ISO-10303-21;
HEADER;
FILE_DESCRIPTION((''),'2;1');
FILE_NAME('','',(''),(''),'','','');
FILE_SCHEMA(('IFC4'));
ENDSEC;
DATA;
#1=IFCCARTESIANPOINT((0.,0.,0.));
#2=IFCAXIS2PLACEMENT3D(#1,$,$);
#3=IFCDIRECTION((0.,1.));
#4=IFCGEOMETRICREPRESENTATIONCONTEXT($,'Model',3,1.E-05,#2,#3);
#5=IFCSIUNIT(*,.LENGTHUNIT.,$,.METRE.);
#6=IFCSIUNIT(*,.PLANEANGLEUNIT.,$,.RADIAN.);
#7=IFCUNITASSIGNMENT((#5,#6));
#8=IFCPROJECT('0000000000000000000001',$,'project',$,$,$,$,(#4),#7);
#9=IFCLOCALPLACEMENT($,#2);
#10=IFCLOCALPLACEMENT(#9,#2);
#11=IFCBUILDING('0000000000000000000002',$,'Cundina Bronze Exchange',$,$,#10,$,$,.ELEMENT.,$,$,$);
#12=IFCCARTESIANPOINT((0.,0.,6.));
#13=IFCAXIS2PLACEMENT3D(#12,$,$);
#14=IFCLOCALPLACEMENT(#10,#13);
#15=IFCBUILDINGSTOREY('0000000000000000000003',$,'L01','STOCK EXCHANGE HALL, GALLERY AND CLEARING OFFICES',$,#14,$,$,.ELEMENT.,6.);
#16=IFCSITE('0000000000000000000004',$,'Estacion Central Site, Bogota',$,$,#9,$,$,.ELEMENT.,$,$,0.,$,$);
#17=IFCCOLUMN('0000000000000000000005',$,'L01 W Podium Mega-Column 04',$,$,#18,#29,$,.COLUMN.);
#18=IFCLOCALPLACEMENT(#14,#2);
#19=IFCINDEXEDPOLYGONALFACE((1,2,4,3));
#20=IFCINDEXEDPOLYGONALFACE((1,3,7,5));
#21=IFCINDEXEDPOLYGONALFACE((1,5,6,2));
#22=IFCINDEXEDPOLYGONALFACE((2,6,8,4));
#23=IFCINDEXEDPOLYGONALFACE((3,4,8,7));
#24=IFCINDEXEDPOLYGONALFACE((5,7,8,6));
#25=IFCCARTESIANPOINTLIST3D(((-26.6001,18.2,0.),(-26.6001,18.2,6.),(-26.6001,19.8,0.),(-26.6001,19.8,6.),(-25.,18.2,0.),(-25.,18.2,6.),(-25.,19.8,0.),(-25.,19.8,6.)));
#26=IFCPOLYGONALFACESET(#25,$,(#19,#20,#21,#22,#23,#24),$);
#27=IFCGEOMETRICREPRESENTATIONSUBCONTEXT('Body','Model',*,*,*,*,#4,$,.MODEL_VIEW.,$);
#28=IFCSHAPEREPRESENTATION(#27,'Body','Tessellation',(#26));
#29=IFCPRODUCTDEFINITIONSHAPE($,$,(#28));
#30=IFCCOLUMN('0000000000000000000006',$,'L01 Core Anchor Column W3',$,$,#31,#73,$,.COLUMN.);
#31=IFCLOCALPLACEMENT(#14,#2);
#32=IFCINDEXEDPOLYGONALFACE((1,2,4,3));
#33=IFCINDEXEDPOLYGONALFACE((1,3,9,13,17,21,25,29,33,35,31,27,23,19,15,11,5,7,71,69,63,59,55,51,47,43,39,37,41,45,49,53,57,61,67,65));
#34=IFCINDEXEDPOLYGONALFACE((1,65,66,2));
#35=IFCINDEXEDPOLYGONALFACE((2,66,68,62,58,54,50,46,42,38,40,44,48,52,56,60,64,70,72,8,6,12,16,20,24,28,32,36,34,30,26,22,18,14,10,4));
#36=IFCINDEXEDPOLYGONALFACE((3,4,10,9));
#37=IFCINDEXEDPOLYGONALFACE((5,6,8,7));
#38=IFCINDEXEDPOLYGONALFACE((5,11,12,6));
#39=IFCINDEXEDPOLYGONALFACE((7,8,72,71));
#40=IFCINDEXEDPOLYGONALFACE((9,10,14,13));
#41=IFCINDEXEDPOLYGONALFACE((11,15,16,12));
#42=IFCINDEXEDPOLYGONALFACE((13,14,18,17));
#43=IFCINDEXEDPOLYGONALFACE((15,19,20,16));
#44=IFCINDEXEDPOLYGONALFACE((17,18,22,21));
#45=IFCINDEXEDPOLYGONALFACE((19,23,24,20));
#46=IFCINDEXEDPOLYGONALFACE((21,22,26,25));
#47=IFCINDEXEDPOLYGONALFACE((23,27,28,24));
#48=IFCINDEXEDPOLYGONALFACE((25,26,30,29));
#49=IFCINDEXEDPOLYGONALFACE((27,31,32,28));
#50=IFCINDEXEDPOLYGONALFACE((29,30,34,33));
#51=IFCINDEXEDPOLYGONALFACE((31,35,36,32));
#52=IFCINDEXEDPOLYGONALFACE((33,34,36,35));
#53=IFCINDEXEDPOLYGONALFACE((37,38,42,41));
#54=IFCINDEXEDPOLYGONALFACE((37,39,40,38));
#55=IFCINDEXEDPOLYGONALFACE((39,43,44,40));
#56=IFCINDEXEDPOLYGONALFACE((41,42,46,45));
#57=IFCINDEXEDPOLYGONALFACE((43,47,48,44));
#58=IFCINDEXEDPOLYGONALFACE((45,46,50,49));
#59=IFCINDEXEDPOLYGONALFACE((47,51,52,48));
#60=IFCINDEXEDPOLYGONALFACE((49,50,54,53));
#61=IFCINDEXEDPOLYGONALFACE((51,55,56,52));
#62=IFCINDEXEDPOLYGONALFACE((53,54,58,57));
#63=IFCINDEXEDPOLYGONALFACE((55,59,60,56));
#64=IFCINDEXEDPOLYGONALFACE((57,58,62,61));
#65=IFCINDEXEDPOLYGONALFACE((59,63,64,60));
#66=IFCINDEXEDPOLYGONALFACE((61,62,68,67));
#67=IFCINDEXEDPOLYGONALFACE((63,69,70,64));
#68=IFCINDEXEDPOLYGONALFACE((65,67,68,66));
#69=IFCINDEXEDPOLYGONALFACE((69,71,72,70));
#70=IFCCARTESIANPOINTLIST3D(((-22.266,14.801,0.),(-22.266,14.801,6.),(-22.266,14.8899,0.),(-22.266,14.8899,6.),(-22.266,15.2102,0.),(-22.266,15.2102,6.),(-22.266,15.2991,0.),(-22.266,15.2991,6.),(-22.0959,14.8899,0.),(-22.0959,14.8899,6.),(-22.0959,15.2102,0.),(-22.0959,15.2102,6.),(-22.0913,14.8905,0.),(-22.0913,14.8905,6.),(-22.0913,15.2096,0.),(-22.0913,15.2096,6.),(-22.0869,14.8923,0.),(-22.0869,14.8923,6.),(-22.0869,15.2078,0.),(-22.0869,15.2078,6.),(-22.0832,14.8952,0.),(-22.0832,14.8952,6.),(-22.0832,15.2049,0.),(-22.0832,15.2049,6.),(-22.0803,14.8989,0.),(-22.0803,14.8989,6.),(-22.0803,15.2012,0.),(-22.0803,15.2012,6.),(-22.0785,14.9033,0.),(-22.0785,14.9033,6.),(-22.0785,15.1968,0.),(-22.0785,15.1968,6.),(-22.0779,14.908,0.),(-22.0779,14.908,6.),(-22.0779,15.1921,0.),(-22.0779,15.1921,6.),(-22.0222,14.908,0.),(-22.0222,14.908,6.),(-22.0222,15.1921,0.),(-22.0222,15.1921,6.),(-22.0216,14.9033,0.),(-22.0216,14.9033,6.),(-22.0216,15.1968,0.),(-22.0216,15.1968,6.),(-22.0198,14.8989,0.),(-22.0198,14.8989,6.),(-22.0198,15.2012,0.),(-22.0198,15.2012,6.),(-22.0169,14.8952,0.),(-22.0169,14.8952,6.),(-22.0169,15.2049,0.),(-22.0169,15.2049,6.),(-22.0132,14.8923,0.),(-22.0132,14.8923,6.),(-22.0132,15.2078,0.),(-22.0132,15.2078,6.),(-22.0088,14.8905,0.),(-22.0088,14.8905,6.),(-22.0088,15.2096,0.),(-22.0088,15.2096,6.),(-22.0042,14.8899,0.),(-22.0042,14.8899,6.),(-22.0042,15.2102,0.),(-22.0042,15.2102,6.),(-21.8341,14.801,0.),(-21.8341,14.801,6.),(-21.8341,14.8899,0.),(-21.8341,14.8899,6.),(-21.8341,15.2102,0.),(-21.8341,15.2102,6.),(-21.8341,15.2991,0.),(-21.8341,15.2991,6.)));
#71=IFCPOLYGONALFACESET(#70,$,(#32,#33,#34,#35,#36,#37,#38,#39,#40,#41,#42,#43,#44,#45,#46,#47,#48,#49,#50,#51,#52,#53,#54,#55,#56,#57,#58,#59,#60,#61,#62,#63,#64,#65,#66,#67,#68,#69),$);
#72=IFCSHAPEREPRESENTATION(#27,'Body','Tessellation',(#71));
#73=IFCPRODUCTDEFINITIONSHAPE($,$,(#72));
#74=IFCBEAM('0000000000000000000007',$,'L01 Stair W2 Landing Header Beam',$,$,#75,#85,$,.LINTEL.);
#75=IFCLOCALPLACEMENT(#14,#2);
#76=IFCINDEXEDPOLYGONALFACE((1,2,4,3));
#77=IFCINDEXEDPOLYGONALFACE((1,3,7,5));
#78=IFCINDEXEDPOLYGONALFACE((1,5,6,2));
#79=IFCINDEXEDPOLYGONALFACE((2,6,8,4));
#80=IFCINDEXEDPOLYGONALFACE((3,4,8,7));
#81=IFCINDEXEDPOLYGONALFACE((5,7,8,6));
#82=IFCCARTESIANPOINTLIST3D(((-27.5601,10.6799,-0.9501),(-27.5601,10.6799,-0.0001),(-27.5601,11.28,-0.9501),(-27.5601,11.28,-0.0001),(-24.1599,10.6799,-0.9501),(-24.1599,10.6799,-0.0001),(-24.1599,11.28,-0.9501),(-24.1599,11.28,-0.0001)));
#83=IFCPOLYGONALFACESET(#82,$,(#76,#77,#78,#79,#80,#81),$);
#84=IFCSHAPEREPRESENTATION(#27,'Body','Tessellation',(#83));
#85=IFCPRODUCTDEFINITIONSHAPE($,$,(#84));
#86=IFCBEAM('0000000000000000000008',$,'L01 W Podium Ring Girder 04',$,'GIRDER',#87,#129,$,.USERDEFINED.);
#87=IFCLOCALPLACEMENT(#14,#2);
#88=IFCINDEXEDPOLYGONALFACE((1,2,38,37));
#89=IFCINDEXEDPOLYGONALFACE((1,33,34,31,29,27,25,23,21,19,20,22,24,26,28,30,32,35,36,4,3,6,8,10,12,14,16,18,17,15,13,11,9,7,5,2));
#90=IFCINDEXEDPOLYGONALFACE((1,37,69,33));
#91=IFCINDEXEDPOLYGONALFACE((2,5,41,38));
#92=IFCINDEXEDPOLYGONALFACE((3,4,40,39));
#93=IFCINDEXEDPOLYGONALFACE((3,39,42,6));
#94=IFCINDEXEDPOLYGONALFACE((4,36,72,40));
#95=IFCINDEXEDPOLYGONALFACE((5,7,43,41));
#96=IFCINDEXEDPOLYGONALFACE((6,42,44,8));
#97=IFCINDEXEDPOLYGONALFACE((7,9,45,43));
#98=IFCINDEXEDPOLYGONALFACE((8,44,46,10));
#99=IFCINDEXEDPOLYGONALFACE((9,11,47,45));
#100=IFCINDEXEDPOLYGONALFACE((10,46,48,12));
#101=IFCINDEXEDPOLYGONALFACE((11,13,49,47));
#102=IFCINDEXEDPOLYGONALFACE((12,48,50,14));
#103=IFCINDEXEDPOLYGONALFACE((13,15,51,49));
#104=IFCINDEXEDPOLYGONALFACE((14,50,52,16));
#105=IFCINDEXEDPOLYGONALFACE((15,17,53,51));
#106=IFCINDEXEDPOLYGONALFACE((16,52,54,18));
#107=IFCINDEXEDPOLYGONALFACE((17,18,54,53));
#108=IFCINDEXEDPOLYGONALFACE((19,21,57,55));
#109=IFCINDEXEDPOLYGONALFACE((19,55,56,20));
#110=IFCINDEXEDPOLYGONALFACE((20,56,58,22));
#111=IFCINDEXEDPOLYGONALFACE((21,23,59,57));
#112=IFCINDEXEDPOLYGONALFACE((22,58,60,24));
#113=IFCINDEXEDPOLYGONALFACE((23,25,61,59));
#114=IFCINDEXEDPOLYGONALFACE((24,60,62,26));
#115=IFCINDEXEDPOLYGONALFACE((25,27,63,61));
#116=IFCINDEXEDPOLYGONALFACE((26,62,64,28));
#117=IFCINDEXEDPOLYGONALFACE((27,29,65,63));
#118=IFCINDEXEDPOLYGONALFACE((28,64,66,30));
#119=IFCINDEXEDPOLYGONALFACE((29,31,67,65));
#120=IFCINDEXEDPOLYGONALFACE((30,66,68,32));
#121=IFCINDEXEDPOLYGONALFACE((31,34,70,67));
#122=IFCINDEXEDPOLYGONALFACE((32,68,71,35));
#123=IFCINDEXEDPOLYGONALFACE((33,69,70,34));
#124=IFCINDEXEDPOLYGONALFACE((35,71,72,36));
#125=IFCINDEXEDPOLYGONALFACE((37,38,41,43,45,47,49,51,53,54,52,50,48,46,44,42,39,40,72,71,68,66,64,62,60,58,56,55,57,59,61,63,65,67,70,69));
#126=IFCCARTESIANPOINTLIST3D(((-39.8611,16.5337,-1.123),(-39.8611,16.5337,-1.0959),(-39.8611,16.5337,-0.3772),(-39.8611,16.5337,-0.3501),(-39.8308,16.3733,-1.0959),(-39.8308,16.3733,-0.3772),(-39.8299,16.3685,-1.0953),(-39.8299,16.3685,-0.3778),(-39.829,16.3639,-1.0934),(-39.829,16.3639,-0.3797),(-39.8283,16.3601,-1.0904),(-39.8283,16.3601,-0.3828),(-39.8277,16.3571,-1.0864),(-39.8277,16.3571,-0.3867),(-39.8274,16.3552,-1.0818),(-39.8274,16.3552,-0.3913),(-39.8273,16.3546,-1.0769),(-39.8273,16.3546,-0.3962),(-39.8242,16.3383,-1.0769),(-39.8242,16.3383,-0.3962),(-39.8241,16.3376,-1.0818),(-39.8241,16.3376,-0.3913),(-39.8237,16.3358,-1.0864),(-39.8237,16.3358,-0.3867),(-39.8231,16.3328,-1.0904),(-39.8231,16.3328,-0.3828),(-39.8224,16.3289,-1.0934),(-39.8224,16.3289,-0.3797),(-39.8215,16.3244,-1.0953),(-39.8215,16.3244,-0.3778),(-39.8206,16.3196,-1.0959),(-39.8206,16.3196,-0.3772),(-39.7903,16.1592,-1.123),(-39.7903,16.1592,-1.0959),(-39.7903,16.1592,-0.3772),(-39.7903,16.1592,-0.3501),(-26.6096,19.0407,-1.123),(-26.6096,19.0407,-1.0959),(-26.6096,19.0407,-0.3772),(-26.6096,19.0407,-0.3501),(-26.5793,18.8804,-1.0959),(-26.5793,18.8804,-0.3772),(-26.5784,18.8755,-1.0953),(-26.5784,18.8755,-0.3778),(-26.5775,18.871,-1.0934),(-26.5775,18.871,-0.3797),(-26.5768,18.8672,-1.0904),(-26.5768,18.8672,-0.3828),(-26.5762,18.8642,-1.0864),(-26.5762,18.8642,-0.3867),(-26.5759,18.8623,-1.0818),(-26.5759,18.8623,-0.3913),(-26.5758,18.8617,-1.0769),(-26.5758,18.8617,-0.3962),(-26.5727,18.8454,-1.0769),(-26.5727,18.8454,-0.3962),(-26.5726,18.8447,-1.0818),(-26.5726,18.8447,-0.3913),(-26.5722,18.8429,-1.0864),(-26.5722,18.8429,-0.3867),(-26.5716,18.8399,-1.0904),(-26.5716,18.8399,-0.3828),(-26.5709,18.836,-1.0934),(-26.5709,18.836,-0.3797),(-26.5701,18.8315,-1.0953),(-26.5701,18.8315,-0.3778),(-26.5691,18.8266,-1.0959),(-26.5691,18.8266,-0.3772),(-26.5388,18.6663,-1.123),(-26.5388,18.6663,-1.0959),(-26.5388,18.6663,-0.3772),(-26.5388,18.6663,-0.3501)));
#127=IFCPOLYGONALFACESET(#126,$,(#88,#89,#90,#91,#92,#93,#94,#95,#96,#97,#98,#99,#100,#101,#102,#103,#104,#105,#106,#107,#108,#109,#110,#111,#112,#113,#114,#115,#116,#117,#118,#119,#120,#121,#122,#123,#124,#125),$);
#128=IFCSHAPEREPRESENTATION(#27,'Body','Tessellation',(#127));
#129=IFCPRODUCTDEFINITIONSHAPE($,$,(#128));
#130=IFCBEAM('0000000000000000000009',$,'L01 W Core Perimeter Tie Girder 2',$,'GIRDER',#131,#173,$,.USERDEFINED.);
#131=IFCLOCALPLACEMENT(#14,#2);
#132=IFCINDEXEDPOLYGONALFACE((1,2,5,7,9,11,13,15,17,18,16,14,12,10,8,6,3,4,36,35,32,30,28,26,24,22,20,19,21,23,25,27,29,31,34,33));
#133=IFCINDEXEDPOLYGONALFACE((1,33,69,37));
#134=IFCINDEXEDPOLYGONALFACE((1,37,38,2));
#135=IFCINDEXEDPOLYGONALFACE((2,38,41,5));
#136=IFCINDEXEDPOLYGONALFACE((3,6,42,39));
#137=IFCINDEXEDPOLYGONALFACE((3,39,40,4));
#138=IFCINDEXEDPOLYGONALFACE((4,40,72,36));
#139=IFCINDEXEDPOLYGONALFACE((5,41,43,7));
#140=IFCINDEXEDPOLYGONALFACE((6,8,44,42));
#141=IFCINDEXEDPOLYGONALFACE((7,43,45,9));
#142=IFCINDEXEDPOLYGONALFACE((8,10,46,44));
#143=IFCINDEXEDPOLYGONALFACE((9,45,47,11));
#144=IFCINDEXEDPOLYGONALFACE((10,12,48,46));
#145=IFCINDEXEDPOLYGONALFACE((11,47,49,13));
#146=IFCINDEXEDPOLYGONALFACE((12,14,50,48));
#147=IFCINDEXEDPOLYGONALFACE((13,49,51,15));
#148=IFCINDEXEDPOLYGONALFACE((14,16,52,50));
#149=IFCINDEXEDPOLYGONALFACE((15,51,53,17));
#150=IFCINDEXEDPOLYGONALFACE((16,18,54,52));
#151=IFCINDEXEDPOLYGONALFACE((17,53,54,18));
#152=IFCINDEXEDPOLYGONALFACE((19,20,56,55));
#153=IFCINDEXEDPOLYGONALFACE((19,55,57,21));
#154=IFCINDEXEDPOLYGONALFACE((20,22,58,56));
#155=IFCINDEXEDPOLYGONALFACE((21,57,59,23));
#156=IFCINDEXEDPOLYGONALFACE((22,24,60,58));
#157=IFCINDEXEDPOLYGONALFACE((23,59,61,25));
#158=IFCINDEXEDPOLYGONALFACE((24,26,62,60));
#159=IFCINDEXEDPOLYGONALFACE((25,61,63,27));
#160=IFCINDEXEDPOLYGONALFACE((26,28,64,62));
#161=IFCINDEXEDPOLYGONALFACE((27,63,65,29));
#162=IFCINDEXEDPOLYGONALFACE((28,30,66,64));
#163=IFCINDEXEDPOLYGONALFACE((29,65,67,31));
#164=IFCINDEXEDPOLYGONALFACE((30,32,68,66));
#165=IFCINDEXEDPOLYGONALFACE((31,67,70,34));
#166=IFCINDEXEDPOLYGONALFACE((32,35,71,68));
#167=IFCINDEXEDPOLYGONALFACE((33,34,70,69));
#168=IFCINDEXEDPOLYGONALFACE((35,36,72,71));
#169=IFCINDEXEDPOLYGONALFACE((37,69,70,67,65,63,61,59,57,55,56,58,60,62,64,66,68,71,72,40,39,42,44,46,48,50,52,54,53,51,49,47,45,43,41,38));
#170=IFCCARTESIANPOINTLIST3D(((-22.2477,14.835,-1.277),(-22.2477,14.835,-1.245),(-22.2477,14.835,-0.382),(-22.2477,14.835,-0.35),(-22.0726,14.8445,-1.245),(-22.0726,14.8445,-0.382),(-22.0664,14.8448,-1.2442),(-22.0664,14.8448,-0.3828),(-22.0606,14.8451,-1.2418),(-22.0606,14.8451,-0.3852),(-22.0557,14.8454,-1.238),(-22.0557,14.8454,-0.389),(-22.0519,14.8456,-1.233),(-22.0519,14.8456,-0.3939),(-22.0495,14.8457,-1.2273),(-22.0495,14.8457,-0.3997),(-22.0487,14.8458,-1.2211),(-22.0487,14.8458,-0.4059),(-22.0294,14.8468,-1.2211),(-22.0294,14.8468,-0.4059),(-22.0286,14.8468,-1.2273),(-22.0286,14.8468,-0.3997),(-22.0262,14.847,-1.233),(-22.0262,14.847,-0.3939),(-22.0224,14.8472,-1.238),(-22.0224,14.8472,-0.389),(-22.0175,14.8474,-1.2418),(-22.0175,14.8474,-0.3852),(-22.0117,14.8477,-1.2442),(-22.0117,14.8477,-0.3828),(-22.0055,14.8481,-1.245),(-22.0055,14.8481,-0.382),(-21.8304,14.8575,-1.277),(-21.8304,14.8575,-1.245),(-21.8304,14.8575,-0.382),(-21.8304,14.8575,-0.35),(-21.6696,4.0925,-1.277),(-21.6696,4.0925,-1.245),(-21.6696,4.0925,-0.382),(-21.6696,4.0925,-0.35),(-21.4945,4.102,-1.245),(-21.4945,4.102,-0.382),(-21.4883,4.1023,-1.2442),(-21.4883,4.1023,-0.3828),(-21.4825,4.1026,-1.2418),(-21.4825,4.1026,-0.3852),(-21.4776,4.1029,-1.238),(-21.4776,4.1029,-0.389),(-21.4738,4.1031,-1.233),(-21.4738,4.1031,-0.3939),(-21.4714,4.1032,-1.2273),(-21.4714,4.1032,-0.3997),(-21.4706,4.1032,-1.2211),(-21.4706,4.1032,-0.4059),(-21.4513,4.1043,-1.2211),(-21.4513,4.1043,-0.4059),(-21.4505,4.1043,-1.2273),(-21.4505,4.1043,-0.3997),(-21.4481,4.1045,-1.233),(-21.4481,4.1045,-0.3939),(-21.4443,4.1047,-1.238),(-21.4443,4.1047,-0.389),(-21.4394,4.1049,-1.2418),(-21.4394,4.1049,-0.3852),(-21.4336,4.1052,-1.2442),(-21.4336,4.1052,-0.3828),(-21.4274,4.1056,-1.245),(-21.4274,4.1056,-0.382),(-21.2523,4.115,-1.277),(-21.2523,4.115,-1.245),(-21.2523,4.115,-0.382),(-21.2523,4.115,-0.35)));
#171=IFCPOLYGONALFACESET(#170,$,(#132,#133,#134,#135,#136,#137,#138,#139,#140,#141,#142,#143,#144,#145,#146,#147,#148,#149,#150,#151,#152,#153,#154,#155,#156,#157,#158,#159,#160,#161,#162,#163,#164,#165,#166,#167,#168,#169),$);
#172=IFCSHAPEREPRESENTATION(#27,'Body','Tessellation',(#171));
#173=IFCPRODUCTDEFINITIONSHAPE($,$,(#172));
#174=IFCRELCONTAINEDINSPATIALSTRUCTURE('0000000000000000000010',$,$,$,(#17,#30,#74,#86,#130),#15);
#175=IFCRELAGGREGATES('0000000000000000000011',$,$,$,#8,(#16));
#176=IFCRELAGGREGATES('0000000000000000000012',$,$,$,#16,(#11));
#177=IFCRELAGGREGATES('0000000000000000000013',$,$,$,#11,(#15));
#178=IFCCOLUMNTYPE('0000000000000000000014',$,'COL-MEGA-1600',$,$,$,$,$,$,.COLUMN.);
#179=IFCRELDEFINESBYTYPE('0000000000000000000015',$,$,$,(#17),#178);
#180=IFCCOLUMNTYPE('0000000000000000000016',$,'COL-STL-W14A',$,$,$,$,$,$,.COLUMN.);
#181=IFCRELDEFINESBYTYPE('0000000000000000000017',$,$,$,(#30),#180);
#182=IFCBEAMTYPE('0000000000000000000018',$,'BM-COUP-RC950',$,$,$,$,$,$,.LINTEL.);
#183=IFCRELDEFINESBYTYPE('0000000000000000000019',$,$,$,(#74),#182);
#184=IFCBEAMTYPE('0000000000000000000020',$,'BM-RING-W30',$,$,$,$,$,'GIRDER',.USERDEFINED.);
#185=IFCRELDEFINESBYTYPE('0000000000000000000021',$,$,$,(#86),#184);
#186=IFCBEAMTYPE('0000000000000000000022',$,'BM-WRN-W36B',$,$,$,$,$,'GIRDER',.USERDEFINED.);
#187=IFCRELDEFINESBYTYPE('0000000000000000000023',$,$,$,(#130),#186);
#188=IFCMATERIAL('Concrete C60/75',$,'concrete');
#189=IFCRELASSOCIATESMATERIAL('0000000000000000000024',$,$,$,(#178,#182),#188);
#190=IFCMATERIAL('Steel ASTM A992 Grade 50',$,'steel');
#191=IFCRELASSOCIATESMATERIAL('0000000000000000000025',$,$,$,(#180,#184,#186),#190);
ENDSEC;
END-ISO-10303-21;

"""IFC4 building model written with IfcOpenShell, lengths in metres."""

from ifc_helpers import new_model, si_unit, direction, frame, origin, origin_2d, place, context, subcontext, project, spatial, rectangle, i_section, extrude, material, material_profile, profile_set, type_object, element, save


model = new_model("IFC4")

# Units and contexts
model_context = context("Model", 3, precision=1e-05, world=origin(), true_north=direction((0.0, 1.0)))
body_context = subcontext(model_context, "Body", "Model", "MODEL_VIEW")
ifc_project = project(units=[si_unit("LENGTHUNIT", "METRE"), si_unit("PLANEANGLEUNIT", "RADIAN")], contexts=[model_context])

# Site, building, storey
site_placement = place(None, origin())
site = spatial("IfcSite", under=ifc_project, at=site_placement, Name="Estacion Central Site, Bogota", CompositionType="ELEMENT", RefElevation=0.0)
building_placement = place(site_placement, origin())
building = spatial("IfcBuilding", under=site, at=building_placement, Name="Cundina Bronze Exchange", CompositionType="ELEMENT")
storey_placement = place(building_placement, frame((0.0, 0.0, 6.0)))
storey = spatial("IfcBuildingStorey", under=building, at=storey_placement, Name="L01", Description="STOCK EXCHANGE HALL, GALLERY AND CLEARING OFFICES", CompositionType="ELEMENT", Elevation=6.0)

# Columns
ifc_material_1 = material(Name="Concrete C60/75", Category="concrete")
ifc_material_profile_1 = material_profile(ifc_material_1, rectangle(XDim=1.6001, YDim=1.6001, at=origin_2d()), Name="RC1600X1600", Category="concrete")
ifc_profile_set_1 = profile_set([ifc_material_profile_1], Name="Concrete C60/75")
column_type_1 = type_object("IfcColumnType", Name="COL-MEGA-1600", PredefinedType="COLUMN", material=ifc_profile_set_1)
column_1_placement = place(storey_placement, frame((-25.8, 19.0, 0.0), z_axis=(0.0, 0.0, 1.0), x_axis=(1.0, 0.0, 0.0)))
element("IfcColumn", 1, at=column_1_placement, inside=storey, type_object=column_type_1, Name="L01 W Podium Mega-Column 04", PredefinedType="COLUMN", context=body_context, shape_type="SweptSolid", body=[
    extrude(rectangle(XDim=1.6001, YDim=1.6001, at=origin_2d()), origin(), (0.0, 0.0, 1.0), 6.0),
])
ifc_material_2 = material(Name="Steel ASTM A992 Grade 50", Category="steel")
ifc_material_profile_2 = material_profile(ifc_material_2, i_section(OverallWidth=0.4319, OverallDepth=0.498, WebThickness=0.0557, FlangeThickness=0.0889, FilletRadius=0.0181, at=origin_2d()), Name="W14X500", Category="steel")
ifc_profile_set_2 = profile_set([ifc_material_profile_2], Name="Steel ASTM A992 Grade 50")
column_type_2 = type_object("IfcColumnType", Name="COL-STL-W14A", PredefinedType="COLUMN", material=ifc_profile_set_2)
column_2_placement = place(storey_placement, frame((-22.05, 15.05, 0.0), z_axis=(0.0, 0.0, 1.0), x_axis=(1.0, 0.0, 0.0)))
element("IfcColumn", 2, at=column_2_placement, inside=storey, type_object=column_type_2, Name="L01 Core Anchor Column W3", PredefinedType="COLUMN", context=body_context, shape_type="SweptSolid", body=[
    extrude(i_section(OverallWidth=0.4319, OverallDepth=0.498, WebThickness=0.0557, FlangeThickness=0.0889, FilletRadius=0.0181, at=origin_2d()), origin(), (0.0, 0.0, 1.0), 6.0),
])

# Beams
ifc_material_profile_3 = material_profile(ifc_material_1, rectangle(XDim=0.6001, YDim=0.95, at=origin_2d()), Name="RC600X950", Category="concrete")
ifc_profile_set_3 = profile_set([ifc_material_profile_3], Name="Concrete C60/75")
beam_type_1 = type_object("IfcBeamType", Name="BM-COUP-RC950", PredefinedType="LINTEL", material=ifc_profile_set_3)
beam_1_placement = place(storey_placement, frame((-27.5601, 10.98, -0.4751), z_axis=(1.0, 0.0, 0.0), x_axis=(0.0, 1.0, 0.0)))
element("IfcBeam", 3, at=beam_1_placement, inside=storey, type_object=beam_type_1, Name="L01 Stair W2 Landing Header Beam", PredefinedType="LINTEL", context=body_context, shape_type="SweptSolid", body=[
    extrude(rectangle(XDim=0.6001, YDim=0.95, at=origin_2d()), origin(), (0.0, 0.0, 1.0), 3.4001),
])
ifc_material_profile_4 = material_profile(ifc_material_2, i_section(OverallWidth=0.3811, OverallDepth=0.7729, WebThickness=0.0166, FlangeThickness=0.0271, FilletRadius=0.019, at=origin_2d()), Name="W30X173", Category="steel")
ifc_profile_set_4 = profile_set([ifc_material_profile_4], Name="Steel ASTM A992 Grade 50")
beam_type_2 = type_object("IfcBeamType", Name="BM-RING-W30", ElementType="GIRDER", PredefinedType="USERDEFINED", material=ifc_profile_set_4)
beam_2_placement = place(storey_placement, frame((-26.5742, 18.8535, -0.7366), z_axis=(-0.98257, -0.185895, 0.0), x_axis=(0.185895, -0.98257, 0.0)))
element("IfcBeam", 4, at=beam_2_placement, inside=storey, type_object=beam_type_2, Name="L01 W Podium Ring Girder 04", ObjectType="GIRDER", PredefinedType="USERDEFINED", context=body_context, shape_type="SweptSolid", body=[
    extrude(i_section(OverallWidth=0.3811, OverallDepth=0.7729, WebThickness=0.0166, FlangeThickness=0.0271, FilletRadius=0.019, at=origin_2d()), origin(), (0.0, 0.0, 1.0), 13.4866),
])
ifc_material_profile_5 = material_profile(ifc_material_2, i_section(OverallWidth=0.418, OverallDepth=0.927, WebThickness=0.0193, FlangeThickness=0.032, FilletRadius=0.0239, at=origin_2d()), Name="W36X231", Category="steel")
ifc_profile_set_5 = profile_set([ifc_material_profile_5], Name="Steel ASTM A992 Grade 50")
beam_type_3 = type_object("IfcBeamType", Name="BM-WRN-W36B", ElementType="GIRDER", PredefinedType="USERDEFINED", material=ifc_profile_set_5)
beam_3_placement = place(storey_placement, frame((-21.4609, 4.1038, -0.8135), z_axis=(-0.053739, 0.998555, 0.0), x_axis=(-0.998555, -0.053739, 0.0)))
element("IfcBeam", 5, at=beam_3_placement, inside=storey, type_object=beam_type_3, Name="L01 W Core Perimeter Tie Girder 2", ObjectType="GIRDER", PredefinedType="USERDEFINED", context=body_context, shape_type="SweptSolid", body=[
    extrude(i_section(OverallWidth=0.418, OverallDepth=0.927, WebThickness=0.0193, FlangeThickness=0.032, FilletRadius=0.0239, at=origin_2d()), origin(), (0.0, 0.0, 1.0), 10.7581),
])

save(model, "model.ifc")
